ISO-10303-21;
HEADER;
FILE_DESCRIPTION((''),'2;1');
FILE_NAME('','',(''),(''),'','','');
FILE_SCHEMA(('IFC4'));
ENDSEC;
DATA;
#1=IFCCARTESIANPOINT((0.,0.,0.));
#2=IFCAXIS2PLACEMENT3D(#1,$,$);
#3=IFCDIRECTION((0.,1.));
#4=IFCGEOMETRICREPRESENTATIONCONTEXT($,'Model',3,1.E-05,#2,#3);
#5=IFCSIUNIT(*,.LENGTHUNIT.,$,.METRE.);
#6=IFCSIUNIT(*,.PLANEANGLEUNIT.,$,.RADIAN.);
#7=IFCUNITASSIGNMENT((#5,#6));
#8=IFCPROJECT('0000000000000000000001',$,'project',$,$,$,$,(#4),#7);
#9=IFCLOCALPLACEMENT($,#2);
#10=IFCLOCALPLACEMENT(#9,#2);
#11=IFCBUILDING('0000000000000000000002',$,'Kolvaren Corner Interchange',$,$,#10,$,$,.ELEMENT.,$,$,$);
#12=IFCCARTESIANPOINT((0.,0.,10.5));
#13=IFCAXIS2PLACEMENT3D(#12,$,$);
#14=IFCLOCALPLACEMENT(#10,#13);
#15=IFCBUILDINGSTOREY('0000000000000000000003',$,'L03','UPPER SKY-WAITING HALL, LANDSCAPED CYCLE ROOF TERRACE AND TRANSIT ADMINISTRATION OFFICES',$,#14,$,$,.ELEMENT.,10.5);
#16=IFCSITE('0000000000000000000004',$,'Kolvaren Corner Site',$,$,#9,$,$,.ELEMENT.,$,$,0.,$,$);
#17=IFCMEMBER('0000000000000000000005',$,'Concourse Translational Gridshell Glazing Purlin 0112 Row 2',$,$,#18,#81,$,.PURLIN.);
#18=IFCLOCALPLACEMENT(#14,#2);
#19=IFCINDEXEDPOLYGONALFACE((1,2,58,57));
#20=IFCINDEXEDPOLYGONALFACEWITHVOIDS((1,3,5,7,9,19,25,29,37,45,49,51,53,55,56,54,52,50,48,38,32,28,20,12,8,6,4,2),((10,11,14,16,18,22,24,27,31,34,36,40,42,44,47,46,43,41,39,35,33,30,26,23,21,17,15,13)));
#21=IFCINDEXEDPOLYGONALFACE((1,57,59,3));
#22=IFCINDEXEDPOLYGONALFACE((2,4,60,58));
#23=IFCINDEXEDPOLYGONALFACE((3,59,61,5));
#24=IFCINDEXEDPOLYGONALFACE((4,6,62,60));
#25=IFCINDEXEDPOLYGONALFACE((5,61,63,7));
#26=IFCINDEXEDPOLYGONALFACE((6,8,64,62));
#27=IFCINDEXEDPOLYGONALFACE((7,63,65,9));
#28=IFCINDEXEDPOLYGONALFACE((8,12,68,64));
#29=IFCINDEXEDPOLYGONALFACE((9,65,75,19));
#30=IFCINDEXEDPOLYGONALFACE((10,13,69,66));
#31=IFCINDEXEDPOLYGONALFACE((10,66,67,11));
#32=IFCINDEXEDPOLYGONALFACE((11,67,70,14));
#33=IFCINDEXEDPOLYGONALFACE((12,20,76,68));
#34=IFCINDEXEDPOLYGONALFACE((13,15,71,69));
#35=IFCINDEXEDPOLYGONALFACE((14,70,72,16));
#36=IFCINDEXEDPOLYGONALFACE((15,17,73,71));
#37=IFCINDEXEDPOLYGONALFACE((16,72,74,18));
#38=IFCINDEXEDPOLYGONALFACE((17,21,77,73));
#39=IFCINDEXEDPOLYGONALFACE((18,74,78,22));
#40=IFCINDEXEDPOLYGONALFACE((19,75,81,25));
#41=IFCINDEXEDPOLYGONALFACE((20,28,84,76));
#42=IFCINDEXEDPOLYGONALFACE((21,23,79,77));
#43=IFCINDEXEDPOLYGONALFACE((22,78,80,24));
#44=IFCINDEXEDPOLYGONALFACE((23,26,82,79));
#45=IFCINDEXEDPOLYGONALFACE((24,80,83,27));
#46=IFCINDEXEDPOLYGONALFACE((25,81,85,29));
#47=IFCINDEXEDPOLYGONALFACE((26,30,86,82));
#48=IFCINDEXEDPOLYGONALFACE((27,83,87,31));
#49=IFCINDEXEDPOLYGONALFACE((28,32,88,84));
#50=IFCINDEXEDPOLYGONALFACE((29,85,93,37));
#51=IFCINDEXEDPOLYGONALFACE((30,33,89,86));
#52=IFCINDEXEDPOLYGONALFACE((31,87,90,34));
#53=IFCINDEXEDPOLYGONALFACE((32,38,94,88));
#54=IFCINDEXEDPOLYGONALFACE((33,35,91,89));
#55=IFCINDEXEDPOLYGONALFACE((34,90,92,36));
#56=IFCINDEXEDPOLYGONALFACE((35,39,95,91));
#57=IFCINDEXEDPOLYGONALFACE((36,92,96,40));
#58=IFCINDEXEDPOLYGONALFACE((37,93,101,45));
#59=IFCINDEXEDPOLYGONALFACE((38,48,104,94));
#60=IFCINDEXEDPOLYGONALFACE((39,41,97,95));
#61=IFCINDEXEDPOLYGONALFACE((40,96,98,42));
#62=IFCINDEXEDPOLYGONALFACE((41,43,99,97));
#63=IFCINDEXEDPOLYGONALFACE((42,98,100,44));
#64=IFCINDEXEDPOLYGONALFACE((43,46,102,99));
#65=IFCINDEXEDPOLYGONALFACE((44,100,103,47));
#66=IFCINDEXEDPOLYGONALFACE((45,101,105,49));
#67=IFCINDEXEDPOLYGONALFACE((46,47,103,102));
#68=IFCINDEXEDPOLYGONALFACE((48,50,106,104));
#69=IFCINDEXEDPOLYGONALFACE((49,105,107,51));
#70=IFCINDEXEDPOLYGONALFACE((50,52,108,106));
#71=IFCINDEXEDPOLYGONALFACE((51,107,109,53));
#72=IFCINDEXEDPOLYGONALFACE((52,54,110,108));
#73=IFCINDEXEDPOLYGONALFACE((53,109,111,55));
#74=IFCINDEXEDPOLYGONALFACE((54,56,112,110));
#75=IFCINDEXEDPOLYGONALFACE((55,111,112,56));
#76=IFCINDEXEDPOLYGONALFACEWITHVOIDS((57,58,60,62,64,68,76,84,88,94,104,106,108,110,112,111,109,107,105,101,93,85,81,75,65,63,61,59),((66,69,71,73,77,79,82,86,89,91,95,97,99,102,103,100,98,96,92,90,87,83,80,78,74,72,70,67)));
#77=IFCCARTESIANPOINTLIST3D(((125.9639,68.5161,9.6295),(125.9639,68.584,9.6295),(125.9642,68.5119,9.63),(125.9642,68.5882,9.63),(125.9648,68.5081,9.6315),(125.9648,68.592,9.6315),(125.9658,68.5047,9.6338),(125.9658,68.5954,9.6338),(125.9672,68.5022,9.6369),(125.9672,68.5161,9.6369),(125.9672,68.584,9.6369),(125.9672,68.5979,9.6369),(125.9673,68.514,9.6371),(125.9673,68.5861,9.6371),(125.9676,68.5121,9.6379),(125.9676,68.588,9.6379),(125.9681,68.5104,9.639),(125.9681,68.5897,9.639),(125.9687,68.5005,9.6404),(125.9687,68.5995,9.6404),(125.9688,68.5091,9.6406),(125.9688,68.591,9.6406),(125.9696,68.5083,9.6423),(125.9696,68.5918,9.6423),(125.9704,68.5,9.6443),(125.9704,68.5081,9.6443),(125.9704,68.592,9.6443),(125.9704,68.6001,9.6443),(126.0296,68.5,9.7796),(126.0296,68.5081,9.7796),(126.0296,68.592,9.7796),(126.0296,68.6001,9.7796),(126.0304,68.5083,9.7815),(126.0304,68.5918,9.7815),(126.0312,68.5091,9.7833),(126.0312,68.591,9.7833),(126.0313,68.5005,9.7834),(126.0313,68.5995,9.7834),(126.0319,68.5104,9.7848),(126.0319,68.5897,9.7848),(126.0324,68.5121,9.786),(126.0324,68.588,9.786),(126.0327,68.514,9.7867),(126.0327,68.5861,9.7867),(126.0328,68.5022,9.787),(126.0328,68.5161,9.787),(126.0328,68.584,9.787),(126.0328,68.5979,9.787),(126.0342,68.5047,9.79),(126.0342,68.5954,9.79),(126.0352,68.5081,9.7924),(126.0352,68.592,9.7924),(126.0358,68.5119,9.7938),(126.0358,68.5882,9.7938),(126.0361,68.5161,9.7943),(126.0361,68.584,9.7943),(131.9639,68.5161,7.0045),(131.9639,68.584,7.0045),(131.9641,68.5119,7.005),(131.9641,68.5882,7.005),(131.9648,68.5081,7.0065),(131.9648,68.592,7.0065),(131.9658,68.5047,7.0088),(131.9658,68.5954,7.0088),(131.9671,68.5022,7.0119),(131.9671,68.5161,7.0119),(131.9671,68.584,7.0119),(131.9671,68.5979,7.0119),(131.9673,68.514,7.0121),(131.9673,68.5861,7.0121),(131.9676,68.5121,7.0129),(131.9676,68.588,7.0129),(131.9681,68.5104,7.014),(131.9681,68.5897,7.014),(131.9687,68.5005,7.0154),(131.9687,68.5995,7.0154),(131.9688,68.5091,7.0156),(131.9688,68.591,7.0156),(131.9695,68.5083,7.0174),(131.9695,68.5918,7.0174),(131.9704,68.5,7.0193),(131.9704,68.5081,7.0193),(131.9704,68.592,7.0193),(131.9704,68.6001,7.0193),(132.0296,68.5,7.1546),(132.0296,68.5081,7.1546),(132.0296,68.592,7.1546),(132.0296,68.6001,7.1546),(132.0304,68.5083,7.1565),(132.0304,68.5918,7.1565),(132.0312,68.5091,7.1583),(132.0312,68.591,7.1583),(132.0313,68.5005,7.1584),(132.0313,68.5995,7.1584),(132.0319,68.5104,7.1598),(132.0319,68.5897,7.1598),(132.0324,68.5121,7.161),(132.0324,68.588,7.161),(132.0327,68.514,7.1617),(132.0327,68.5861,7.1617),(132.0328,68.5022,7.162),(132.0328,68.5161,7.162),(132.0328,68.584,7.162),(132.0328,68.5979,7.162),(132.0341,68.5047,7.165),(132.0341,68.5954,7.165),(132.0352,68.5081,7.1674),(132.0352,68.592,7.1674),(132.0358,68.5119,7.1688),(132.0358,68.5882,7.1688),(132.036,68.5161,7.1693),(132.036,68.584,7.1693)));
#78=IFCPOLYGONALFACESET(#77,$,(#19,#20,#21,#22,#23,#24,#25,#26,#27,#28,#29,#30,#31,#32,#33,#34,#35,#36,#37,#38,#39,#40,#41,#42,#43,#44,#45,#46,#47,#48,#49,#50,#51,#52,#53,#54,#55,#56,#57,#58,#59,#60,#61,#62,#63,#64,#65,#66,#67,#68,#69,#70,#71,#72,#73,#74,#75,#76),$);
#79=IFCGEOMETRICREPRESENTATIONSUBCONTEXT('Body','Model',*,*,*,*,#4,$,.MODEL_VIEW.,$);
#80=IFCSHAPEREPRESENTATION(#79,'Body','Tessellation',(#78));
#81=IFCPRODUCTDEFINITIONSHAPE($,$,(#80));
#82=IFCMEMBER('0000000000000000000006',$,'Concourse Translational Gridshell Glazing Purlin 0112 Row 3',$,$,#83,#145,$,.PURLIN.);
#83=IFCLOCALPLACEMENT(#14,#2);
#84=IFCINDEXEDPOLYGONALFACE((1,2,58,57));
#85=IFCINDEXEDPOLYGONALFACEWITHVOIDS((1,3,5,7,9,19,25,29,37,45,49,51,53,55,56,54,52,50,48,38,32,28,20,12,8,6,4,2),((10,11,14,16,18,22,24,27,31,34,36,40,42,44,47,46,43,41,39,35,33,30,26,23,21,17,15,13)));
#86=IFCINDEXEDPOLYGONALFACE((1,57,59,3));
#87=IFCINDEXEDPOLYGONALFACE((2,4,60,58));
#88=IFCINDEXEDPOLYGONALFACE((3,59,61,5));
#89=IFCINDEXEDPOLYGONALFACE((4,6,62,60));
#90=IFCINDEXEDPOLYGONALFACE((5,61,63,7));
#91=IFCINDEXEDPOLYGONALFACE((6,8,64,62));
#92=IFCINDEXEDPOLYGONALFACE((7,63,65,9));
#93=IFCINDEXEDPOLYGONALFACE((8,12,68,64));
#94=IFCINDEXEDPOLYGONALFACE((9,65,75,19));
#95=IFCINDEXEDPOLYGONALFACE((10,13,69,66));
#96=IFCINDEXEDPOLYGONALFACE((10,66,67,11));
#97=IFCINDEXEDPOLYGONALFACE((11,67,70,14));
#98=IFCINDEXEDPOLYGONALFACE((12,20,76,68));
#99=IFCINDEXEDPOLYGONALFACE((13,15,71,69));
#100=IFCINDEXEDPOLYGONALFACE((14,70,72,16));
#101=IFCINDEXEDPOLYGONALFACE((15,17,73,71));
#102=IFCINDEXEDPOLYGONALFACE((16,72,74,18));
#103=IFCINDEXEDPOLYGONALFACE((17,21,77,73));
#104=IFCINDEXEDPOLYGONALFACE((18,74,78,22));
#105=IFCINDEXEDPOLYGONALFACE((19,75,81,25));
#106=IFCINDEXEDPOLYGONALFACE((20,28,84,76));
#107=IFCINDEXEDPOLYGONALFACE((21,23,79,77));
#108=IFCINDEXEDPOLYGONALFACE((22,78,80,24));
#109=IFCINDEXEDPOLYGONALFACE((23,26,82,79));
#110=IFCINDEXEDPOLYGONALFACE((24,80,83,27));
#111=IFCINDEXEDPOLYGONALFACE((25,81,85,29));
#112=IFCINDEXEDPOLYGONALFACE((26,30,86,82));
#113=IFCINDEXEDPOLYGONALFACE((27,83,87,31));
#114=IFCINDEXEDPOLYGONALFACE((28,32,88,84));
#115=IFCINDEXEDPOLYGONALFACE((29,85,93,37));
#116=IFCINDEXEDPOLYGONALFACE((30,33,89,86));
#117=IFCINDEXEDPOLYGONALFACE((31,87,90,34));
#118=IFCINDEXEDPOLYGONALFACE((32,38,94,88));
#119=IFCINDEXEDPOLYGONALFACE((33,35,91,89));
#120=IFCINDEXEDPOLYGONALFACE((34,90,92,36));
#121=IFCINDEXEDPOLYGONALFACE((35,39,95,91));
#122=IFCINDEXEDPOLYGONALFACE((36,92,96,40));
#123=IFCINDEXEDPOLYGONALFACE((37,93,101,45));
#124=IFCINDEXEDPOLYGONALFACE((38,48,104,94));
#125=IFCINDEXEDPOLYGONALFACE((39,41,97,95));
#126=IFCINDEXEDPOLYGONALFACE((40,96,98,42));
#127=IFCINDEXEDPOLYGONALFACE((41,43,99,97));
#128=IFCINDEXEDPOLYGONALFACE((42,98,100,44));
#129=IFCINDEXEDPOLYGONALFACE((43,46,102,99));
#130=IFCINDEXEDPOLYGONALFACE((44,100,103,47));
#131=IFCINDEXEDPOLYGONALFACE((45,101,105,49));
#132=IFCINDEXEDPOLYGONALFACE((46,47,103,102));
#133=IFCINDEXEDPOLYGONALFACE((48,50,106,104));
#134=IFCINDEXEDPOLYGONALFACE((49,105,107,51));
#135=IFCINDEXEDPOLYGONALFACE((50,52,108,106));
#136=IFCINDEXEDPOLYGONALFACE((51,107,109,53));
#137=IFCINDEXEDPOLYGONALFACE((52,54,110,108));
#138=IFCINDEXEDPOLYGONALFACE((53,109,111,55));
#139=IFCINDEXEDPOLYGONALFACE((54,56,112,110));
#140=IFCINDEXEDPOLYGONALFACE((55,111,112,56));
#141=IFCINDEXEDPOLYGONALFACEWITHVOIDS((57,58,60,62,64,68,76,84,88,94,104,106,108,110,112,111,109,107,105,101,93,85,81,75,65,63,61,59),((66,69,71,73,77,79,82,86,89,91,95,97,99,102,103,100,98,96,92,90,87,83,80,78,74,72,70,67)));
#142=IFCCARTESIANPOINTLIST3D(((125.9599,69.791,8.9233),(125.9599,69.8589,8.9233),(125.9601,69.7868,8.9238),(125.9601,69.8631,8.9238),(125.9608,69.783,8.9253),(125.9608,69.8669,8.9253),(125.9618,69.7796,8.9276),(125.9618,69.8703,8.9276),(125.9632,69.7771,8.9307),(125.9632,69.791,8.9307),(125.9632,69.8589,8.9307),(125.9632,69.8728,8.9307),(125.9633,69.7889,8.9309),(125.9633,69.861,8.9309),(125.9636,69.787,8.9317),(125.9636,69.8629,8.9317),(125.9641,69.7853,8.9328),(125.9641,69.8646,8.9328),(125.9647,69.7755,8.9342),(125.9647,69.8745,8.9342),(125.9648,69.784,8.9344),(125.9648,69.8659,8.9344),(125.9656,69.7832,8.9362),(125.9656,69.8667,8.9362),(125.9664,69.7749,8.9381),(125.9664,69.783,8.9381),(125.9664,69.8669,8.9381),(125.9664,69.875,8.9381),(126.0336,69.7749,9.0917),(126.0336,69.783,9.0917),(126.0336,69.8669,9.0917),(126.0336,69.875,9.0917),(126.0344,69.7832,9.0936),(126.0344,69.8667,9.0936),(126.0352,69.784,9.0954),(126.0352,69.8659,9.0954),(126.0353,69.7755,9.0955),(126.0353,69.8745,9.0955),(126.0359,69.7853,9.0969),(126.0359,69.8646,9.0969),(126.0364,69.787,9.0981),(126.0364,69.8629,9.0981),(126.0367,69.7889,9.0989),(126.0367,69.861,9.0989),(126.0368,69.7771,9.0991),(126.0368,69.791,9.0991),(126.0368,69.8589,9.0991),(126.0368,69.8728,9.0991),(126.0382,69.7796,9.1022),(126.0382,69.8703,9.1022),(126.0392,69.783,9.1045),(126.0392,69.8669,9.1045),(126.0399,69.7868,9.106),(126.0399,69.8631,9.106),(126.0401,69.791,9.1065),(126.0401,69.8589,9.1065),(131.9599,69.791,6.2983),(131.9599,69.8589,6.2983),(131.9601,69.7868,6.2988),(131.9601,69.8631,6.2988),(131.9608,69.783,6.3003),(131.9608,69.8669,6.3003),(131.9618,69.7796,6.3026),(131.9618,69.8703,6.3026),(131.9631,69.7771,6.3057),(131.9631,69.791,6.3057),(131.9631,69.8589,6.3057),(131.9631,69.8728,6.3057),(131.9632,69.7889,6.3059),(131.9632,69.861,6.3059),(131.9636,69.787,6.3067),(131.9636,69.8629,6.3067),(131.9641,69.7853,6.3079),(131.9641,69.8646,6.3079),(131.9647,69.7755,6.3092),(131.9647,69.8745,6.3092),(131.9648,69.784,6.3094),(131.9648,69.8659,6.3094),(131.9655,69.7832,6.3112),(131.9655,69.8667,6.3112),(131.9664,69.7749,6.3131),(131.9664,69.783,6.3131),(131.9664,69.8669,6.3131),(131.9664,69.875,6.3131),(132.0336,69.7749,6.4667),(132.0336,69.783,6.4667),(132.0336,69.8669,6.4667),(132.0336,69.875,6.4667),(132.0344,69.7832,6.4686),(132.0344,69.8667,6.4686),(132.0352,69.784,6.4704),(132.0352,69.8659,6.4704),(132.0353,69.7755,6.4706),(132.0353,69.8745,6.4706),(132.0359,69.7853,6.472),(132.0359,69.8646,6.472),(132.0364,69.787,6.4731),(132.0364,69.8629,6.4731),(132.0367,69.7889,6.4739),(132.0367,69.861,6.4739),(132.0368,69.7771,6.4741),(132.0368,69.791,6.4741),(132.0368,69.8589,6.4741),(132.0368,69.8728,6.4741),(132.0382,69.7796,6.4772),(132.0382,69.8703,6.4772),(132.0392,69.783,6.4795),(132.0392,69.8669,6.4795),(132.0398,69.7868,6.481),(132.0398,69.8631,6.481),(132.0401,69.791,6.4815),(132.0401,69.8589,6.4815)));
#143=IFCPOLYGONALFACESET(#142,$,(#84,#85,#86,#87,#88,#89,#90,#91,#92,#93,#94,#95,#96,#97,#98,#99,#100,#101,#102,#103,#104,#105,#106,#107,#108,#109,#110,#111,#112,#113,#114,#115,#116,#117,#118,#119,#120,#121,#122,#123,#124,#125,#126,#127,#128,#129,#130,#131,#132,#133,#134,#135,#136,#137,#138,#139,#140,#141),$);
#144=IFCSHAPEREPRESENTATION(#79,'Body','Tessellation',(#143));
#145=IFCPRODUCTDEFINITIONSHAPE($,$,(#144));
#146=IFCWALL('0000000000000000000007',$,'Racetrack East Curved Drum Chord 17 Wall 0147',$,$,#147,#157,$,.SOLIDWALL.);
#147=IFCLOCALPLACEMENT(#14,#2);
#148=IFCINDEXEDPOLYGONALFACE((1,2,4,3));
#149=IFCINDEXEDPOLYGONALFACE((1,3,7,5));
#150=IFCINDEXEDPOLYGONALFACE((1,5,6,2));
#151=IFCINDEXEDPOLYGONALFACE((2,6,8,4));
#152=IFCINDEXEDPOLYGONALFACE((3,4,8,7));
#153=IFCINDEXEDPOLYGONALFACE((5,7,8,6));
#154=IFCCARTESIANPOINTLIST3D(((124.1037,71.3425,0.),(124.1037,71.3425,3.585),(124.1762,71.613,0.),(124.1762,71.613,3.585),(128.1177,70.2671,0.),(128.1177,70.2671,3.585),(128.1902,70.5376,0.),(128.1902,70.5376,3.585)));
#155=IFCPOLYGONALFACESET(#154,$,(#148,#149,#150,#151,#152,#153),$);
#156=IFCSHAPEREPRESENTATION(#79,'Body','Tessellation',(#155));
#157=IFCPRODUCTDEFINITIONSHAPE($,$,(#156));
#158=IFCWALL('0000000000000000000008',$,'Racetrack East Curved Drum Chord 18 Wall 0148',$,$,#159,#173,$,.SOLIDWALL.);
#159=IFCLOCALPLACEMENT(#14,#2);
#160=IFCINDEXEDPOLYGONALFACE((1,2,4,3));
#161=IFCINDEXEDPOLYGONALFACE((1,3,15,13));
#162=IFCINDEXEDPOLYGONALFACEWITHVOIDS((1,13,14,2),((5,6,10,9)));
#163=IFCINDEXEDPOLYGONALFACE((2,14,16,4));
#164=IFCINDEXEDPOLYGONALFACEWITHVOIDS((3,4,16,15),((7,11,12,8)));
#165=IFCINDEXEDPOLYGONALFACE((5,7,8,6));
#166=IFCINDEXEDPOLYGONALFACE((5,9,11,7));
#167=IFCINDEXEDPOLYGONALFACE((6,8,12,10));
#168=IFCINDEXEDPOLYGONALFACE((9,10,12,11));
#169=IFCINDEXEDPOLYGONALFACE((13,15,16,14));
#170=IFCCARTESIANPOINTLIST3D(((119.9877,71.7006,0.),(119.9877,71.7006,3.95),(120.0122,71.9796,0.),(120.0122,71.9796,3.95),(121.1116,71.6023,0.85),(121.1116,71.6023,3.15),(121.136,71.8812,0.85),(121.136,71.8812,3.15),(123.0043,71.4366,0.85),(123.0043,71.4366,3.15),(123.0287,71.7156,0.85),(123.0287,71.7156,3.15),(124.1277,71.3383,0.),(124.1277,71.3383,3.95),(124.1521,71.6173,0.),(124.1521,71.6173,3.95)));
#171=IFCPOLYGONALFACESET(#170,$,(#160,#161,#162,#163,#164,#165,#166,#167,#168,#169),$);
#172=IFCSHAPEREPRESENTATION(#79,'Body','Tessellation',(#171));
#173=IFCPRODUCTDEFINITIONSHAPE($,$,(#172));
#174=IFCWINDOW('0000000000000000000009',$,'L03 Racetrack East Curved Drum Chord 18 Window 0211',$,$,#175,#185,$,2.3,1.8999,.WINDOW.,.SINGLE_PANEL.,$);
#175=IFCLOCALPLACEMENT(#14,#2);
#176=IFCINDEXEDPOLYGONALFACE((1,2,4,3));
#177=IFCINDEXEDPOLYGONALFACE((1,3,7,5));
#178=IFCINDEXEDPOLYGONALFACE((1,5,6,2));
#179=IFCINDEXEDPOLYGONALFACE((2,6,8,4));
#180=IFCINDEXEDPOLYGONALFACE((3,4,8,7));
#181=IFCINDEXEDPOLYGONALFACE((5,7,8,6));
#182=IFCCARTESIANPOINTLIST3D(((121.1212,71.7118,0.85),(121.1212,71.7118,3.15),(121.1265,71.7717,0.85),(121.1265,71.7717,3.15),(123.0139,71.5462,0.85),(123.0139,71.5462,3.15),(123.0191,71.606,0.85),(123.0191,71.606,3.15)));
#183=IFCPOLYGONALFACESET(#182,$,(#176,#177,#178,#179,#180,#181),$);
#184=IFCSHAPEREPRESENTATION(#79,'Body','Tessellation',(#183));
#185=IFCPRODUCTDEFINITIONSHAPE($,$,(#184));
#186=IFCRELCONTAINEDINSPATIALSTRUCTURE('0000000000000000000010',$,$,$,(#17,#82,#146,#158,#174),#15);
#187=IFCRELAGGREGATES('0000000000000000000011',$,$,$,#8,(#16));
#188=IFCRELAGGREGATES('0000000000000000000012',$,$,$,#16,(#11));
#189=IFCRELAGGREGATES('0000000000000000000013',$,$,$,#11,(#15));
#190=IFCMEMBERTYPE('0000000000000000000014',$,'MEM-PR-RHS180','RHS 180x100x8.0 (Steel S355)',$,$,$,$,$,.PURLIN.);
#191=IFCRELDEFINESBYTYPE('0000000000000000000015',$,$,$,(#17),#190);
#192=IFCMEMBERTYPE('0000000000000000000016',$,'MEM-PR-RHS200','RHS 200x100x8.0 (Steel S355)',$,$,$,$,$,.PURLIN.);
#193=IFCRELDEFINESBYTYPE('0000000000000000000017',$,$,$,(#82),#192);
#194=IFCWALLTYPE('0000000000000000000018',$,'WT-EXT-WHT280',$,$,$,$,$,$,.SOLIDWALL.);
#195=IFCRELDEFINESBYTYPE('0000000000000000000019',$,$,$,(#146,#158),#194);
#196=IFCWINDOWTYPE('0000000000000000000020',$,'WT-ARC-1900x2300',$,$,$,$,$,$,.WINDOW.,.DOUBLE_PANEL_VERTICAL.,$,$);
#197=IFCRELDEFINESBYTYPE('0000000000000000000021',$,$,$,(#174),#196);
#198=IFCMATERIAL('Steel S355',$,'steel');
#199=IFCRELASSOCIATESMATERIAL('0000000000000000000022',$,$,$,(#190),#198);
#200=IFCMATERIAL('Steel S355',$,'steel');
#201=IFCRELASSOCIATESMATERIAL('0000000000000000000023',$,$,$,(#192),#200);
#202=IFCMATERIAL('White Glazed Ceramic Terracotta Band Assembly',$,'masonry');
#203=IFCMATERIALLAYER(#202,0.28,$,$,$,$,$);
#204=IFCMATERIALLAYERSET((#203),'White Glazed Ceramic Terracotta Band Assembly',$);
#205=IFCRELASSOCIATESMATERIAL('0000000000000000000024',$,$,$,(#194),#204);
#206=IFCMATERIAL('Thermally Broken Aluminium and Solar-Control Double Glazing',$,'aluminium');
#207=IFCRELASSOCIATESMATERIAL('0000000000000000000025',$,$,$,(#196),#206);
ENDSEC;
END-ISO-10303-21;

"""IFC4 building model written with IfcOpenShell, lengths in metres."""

from ifc_helpers import new_model, si_unit, direction, frame, frame_2d, origin, origin_2d, place, context, subcontext, project, spatial, rectangle, hollow_rectangle, extrude, material, layer, layer_set, material_profile, profile_set, type_object, element, fill, save


model = new_model("IFC4")

# Units and contexts
model_context = context("Model", 3, precision=1e-05, world=origin(), true_north=direction((0.0, 1.0)))
body_context = subcontext(model_context, "Body", "Model", "MODEL_VIEW")
ifc_project = project(units=[si_unit("LENGTHUNIT", "METRE"), si_unit("PLANEANGLEUNIT", "RADIAN")], contexts=[model_context])

# Site, building, storey
site_placement = place(None, origin())
site = spatial("IfcSite", under=ifc_project, at=site_placement, Name="Kolvaren Corner Site", CompositionType="ELEMENT", RefElevation=0.0)
building_placement = place(site_placement, origin())
building = spatial("IfcBuilding", under=site, at=building_placement, Name="Kolvaren Corner Interchange", CompositionType="ELEMENT")
storey_placement = place(building_placement, frame((0.0, 0.0, 10.5)))
storey = spatial("IfcBuildingStorey", under=building, at=storey_placement, Name="L03", Description="UPPER SKY-WAITING HALL, LANDSCAPED CYCLE ROOF TERRACE AND TRANSIT ADMINISTRATION OFFICES", CompositionType="ELEMENT", Elevation=10.5)

# Members
ifc_material_1 = material(Name="Steel S355", Category="steel")
ifc_material_profile_1 = material_profile(ifc_material_1, hollow_rectangle(XDim=0.1001, YDim=0.1799, WallThickness=0.0081, InnerFilletRadius=0.0081, OuterFilletRadius=0.0161, at=origin_2d()), Name="RHS 180x100x8.0")
ifc_profile_set_1 = profile_set([ifc_material_profile_1], Name="Steel S355")
member_type_1 = type_object("IfcMemberType", Name="MEM-PR-RHS180", Description="RHS 180x100x8.0 (Steel S355)", PredefinedType="PURLIN", material=ifc_profile_set_1)
member_1_placement = place(storey_placement, frame((126.0, 68.55, 9.7119), z_axis=(0.916157, 0.0, -0.400819), x_axis=(0.0, 1.0, 0.0)))
element("IfcMember", 1, at=member_1_placement, inside=storey, type_object=member_type_1, Name="Concourse Translational Gridshell Glazing Purlin 0112 Row 2", PredefinedType="PURLIN", context=body_context, shape_type="SweptSolid", body=[
    extrude(hollow_rectangle(XDim=0.1001, YDim=0.1799, WallThickness=0.0081, InnerFilletRadius=0.0081, OuterFilletRadius=0.0161, at=origin_2d()), origin(), (0.0, 0.0, 1.0), 6.5491),
])
ifc_material_2 = material(Name="Steel S355", Category="steel")
ifc_material_profile_2 = material_profile(ifc_material_2, hollow_rectangle(XDim=0.1001, YDim=0.2, WallThickness=0.0081, InnerFilletRadius=0.0081, OuterFilletRadius=0.0161, at=origin_2d()), Name="RHS 200x100x8.0")
ifc_profile_set_2 = profile_set([ifc_material_profile_2], Name="Steel S355")
member_type_2 = type_object("IfcMemberType", Name="MEM-PR-RHS200", Description="RHS 200x100x8.0 (Steel S355)", PredefinedType="PURLIN", material=ifc_profile_set_2)
member_2_placement = place(storey_placement, frame((126.0, 69.825, 9.0149), z_axis=(0.916157, 0.0, -0.400819), x_axis=(0.0, 1.0, 0.0)))
element("IfcMember", 2, at=member_2_placement, inside=storey, type_object=member_type_2, Name="Concourse Translational Gridshell Glazing Purlin 0112 Row 3", PredefinedType="PURLIN", context=body_context, shape_type="SweptSolid", body=[
    extrude(hollow_rectangle(XDim=0.1001, YDim=0.2, WallThickness=0.0081, InnerFilletRadius=0.0081, OuterFilletRadius=0.0161, at=origin_2d()), origin(), (0.0, 0.0, 1.0), 6.5491),
])

# Wall
ifc_material_3 = material(Name="White Glazed Ceramic Terracotta Band Assembly", Category="masonry")
ifc_layer = layer(ifc_material_3, 0.28)
ifc_layer_set = layer_set([ifc_layer], Name="White Glazed Ceramic Terracotta Band Assembly")
wall_type = type_object("IfcWallType", Name="WT-EXT-WHT280", PredefinedType="SOLIDWALL", material=ifc_layer_set)
wall_1_placement = place(storey_placement, frame((128.1538, 70.4023, 0.0), z_axis=(0.0, 0.0, 1.0), x_axis=(-0.965931, 0.2588, 0.0)))
element("IfcWall", 3, at=wall_1_placement, inside=storey, type_object=wall_type, Name="Racetrack East Curved Drum Chord 17 Wall 0147", PredefinedType="SOLIDWALL", context=body_context, shape_type="SweptSolid", body=[
    extrude(rectangle(XDim=4.1555, YDim=0.28, at=frame_2d((2.0776, 0.0))), origin(), (0.0, 0.0, 1.0), 3.585),
])

# Wall, opening, window
wall_2_placement = place(storey_placement, frame((124.1399, 71.4778, 0.0), z_axis=(0.0, 0.0, 1.0), x_axis=(-0.996192, 0.087182, 0.0)))
wall_2 = element("IfcWall", 4, at=wall_2_placement, inside=storey, type_object=wall_type, Name="Racetrack East Curved Drum Chord 18 Wall 0148", PredefinedType="SOLIDWALL", context=body_context, shape_type="SweptSolid", body=[
    extrude(rectangle(XDim=4.1558, YDim=0.28, at=frame_2d((2.0779, 0.0))), origin(), (0.0, 0.0, 1.0), 3.95),
])
opening_1_placement = place(wall_2_placement, frame((1.1277, 0.0, 0.8501)))
opening_1 = element("IfcOpeningElement", 5, at=opening_1_placement, cuts=wall_2, PredefinedType="OPENING", context=body_context, shape_type="SweptSolid", body=[
    extrude(rectangle(XDim=1.8999, YDim=2.3, at=frame_2d((0.95, 1.1499))), frame((0.0, 0.1499, 0.0), z_axis=(0.0, -1.0, 0.0), x_axis=(1.0, 0.0, 0.0)), (0.0, 0.0, 1.0), 0.3),
])
ifc_material_4 = material(Name="Thermally Broken Aluminium and Solar-Control Double Glazing", Category="aluminium")
window_type_1 = type_object("IfcWindowType", Name="WT-ARC-1900x2300", PartitioningType="DOUBLE_PANEL_VERTICAL", PredefinedType="WINDOW", material=ifc_material_4)
window_1_placement = place(opening_1_placement, origin())
window_1 = element("IfcWindow", 6, at=window_1_placement, inside=storey, type_object=window_type_1, Name="L03 Racetrack East Curved Drum Chord 18 Window 0211", OverallHeight=2.3, OverallWidth=1.8999, PartitioningType="SINGLE_PANEL", PredefinedType="WINDOW", context=body_context, shape_type="SweptSolid", body=[
    extrude(rectangle(XDim=1.8999, YDim=2.3, at=frame_2d((0.95, 1.1499))), frame((0.0, 0.03, 0.0), z_axis=(0.0, -1.0, 0.0), x_axis=(1.0, 0.0, 0.0)), (0.0, 0.0, 1.0), 0.0601),
])
fill(opening_1, window_1)

save(model, "model.ifc")
